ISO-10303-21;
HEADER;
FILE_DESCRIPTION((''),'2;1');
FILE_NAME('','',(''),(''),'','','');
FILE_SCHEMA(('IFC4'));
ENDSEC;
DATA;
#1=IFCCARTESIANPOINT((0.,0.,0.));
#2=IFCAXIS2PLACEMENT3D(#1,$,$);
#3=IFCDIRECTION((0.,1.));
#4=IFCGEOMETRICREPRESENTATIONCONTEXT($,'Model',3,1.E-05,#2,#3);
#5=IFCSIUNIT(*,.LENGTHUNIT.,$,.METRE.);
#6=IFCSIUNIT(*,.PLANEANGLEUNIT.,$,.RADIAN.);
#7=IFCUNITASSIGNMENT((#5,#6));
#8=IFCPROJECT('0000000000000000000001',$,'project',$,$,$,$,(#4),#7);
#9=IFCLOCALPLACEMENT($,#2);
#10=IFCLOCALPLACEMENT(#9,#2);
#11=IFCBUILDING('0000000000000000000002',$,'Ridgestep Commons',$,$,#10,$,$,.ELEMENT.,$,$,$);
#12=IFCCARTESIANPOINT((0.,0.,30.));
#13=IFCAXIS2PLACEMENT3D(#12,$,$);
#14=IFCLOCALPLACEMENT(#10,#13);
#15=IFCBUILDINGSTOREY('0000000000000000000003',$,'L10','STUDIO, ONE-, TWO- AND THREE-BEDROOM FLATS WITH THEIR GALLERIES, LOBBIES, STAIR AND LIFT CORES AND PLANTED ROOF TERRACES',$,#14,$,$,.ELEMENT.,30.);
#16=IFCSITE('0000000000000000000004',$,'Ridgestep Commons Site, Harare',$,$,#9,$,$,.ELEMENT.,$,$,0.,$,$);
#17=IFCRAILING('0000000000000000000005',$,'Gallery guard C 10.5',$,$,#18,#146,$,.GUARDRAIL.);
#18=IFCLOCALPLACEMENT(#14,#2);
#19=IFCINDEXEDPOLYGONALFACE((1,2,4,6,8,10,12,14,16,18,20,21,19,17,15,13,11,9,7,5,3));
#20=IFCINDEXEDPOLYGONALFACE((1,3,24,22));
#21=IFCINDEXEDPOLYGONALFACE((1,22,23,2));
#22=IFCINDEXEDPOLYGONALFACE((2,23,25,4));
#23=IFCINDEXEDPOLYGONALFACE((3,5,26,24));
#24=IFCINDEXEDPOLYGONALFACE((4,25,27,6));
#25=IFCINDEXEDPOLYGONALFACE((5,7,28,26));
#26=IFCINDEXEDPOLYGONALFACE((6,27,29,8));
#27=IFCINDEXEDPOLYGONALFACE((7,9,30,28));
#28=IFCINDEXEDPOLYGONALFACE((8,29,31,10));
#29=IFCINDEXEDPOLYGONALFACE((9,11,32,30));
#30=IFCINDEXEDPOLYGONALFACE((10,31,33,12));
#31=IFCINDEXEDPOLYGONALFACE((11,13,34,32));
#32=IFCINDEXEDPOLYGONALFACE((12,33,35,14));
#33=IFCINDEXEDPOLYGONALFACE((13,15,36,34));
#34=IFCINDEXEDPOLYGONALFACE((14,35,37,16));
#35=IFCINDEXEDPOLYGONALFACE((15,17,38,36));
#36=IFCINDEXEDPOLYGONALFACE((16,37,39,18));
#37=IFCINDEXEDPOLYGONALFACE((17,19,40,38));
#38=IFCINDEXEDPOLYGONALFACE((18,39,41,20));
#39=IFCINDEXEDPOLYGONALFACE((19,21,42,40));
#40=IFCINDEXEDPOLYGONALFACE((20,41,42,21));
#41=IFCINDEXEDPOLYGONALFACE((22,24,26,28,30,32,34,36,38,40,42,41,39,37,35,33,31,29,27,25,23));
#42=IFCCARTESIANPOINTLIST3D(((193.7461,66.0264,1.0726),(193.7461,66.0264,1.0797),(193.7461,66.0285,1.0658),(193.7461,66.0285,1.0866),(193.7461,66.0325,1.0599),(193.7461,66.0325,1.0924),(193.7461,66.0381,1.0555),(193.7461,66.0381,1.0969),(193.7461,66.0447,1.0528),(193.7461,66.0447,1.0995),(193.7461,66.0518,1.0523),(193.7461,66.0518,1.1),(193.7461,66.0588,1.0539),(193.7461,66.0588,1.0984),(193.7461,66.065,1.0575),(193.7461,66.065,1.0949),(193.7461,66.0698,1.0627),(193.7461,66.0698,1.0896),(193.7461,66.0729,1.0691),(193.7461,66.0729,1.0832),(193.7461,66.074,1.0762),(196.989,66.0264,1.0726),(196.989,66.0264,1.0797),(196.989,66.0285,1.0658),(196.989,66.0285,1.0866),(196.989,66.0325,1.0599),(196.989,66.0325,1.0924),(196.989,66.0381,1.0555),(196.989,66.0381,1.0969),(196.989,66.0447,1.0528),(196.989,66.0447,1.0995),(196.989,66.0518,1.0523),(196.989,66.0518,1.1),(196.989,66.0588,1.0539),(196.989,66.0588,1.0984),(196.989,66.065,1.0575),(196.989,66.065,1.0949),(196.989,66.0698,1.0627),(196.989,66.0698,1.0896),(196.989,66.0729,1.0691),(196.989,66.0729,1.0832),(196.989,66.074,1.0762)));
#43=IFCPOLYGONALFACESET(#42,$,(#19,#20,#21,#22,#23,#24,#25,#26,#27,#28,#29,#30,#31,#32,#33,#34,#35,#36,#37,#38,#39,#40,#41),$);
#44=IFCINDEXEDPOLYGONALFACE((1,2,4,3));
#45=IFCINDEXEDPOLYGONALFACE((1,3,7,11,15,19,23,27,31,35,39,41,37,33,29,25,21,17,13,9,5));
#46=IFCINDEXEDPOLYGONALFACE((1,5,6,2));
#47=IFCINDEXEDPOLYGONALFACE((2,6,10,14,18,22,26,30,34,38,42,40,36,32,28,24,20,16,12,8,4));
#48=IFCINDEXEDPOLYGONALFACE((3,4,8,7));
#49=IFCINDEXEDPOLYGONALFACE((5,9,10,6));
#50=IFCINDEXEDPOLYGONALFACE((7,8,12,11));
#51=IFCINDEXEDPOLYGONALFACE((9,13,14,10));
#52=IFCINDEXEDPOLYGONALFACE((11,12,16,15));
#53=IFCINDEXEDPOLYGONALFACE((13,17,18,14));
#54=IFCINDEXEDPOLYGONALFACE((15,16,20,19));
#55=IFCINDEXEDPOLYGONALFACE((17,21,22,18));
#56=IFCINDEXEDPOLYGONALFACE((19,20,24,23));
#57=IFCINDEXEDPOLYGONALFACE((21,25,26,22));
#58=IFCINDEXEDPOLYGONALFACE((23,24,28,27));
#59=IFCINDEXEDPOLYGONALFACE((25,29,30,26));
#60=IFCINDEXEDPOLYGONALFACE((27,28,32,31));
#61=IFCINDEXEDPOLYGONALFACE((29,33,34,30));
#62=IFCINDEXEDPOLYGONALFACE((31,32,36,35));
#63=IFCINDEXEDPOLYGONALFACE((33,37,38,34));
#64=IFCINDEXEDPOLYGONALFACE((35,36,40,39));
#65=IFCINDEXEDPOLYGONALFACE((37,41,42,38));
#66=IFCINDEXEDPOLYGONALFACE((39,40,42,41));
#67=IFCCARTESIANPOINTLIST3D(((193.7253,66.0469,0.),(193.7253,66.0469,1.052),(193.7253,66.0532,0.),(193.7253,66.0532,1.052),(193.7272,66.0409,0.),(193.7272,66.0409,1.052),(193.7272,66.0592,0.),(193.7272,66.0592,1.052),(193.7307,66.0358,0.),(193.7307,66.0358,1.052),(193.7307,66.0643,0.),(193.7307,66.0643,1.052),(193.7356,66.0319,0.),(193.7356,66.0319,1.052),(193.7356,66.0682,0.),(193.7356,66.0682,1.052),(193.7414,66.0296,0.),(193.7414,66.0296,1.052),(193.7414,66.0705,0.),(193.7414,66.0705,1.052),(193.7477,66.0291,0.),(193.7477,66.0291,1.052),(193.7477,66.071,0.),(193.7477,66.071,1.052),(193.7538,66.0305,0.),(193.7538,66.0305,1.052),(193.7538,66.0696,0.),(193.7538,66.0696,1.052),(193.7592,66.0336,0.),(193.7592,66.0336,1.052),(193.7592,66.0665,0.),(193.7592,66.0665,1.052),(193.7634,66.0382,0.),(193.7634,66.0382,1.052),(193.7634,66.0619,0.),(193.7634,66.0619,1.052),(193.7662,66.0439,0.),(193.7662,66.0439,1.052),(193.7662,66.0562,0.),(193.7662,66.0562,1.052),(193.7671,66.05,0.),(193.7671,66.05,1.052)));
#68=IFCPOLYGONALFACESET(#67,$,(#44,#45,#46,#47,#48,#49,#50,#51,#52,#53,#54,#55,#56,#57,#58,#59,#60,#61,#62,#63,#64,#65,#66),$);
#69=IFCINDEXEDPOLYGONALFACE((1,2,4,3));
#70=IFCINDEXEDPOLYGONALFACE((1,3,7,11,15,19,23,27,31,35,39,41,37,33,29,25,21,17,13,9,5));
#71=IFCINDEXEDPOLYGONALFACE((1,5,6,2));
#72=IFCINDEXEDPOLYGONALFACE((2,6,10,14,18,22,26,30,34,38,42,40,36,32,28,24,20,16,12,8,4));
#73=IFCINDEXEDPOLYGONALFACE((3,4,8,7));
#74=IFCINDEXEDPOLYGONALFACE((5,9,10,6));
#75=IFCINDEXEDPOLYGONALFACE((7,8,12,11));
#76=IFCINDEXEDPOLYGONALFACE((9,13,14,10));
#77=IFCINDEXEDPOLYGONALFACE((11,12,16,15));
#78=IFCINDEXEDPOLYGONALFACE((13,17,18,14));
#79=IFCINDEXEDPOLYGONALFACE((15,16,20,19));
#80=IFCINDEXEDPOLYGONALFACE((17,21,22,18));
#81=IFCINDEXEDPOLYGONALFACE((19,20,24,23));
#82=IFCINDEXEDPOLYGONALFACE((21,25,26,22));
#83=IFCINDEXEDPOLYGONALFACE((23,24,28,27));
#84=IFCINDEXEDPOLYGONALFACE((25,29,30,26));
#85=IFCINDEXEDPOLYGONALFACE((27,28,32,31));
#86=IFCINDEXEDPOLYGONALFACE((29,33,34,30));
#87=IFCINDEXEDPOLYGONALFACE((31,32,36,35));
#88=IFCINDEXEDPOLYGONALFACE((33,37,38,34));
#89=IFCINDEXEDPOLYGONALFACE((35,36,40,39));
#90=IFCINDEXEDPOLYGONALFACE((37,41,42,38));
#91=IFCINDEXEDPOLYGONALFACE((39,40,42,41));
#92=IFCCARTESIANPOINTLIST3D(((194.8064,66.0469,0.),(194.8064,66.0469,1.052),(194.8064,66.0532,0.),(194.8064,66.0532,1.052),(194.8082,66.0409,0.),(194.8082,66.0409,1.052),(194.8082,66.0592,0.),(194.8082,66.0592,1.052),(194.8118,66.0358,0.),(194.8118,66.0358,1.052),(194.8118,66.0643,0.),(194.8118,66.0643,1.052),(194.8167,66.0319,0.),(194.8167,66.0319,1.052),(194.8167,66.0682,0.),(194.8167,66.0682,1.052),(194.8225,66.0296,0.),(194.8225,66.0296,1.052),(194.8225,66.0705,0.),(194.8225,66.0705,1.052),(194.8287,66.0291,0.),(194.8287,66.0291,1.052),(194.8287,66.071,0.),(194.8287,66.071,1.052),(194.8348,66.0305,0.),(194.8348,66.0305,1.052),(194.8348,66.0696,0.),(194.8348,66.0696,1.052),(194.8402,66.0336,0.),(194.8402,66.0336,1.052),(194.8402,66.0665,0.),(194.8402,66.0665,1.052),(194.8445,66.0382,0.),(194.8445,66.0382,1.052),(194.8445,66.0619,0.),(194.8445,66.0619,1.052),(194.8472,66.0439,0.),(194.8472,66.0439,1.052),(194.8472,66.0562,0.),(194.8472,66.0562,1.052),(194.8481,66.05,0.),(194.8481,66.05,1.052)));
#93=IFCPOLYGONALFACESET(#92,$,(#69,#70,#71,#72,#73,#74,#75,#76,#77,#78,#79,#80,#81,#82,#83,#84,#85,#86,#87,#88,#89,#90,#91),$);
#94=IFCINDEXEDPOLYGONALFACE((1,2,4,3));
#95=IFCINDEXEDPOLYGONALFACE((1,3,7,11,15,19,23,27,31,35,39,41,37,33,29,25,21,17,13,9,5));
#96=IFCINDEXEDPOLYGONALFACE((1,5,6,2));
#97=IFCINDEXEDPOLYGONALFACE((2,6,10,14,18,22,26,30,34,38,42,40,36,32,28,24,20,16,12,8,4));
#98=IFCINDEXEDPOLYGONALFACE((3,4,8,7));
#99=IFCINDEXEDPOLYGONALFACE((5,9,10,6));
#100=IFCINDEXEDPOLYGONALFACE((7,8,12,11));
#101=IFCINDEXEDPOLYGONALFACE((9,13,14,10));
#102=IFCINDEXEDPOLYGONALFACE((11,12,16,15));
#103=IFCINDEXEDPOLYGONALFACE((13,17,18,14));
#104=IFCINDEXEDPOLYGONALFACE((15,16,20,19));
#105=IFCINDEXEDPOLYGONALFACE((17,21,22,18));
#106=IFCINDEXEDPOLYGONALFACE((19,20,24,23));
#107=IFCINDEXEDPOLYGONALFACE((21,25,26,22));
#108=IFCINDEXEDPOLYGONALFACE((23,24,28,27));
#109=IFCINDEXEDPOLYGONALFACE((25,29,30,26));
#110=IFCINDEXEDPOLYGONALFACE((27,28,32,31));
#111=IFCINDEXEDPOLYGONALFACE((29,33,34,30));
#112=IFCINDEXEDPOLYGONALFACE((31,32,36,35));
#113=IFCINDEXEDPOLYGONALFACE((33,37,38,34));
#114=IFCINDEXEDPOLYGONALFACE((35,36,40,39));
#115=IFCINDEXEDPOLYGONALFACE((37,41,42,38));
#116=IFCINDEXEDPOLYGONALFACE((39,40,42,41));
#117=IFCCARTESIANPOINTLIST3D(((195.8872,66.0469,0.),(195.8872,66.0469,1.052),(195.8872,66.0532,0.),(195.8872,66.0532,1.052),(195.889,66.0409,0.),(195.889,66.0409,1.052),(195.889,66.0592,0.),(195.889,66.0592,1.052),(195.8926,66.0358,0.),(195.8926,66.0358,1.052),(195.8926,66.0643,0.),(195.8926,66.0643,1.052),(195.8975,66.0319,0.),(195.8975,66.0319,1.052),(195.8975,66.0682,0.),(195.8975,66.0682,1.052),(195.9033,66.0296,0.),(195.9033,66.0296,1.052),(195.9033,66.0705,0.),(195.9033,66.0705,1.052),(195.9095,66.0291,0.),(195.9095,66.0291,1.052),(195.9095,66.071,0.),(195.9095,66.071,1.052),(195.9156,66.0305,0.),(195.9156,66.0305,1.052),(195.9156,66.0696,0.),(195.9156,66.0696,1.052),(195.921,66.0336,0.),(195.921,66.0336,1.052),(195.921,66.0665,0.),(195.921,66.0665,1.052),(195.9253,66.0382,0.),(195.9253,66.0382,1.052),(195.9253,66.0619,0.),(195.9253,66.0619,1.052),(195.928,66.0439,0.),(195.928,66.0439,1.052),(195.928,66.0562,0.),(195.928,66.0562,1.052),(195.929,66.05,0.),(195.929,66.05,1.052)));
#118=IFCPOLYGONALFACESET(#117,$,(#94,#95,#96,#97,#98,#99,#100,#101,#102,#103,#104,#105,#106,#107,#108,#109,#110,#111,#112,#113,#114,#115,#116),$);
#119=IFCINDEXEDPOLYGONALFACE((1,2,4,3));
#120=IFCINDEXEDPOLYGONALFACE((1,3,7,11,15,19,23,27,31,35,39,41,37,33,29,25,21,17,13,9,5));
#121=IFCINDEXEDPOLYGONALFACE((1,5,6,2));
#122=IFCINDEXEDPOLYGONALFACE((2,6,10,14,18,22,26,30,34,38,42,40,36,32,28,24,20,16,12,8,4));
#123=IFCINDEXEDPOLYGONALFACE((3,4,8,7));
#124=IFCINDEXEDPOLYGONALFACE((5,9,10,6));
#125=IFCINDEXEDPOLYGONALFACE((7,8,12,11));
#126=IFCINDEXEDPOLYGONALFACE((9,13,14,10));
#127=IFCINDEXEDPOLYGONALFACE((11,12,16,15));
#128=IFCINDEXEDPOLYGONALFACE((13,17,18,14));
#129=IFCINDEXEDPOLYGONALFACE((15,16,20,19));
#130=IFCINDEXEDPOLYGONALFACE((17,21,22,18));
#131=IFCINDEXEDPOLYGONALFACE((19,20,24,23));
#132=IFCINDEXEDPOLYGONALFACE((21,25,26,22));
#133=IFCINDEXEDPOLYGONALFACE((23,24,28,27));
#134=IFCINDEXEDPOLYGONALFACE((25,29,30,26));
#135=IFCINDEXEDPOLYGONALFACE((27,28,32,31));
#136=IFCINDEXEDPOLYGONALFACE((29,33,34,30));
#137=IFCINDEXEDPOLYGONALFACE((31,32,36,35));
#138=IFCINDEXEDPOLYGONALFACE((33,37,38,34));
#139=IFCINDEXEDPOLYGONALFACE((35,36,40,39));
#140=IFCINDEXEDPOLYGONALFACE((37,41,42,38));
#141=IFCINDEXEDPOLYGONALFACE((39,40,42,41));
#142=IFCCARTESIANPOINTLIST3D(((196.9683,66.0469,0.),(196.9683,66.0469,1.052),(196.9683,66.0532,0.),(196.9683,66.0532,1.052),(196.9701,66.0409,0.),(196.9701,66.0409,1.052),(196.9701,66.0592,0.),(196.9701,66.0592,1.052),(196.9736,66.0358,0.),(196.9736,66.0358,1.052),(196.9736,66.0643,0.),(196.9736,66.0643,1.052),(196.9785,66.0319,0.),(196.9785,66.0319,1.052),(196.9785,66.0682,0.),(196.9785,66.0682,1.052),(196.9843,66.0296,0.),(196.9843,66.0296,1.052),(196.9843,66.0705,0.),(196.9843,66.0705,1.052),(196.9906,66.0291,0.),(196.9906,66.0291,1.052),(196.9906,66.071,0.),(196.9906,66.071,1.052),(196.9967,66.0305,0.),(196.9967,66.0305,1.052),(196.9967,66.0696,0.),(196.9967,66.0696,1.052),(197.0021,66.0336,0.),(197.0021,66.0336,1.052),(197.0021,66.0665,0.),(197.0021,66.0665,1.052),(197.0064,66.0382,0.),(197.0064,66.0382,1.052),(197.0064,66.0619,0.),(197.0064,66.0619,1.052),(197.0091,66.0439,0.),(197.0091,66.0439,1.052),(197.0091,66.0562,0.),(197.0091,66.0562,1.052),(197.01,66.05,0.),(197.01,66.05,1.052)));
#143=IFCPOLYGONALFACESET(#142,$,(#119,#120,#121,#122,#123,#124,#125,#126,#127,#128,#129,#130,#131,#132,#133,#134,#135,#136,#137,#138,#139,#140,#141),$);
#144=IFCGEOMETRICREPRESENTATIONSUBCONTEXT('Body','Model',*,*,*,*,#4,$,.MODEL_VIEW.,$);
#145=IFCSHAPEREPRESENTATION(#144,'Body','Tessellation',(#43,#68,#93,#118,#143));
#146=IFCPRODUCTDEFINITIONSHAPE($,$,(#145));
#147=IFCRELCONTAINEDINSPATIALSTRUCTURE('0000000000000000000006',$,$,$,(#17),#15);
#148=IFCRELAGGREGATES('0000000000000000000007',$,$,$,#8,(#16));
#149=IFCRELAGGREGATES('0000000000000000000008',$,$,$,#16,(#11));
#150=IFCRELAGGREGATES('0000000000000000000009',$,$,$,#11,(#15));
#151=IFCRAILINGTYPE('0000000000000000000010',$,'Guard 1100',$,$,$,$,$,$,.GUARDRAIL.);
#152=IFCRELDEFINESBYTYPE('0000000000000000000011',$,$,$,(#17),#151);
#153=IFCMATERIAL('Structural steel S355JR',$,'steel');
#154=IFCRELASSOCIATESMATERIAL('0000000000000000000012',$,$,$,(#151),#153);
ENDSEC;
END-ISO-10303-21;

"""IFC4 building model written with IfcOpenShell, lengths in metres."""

from ifc_helpers import new_model, si_unit, direction, frame, origin, origin_2d, place, context, subcontext, project, spatial, circle, extrude, material, type_object, element, save


model = new_model("IFC4")

# Units and contexts
model_context = context("Model", 3, precision=1e-05, world=origin(), true_north=direction((0.0, 1.0)))
body_context = subcontext(model_context, "Body", "Model", "MODEL_VIEW")
ifc_project = project(units=[si_unit("LENGTHUNIT", "METRE"), si_unit("PLANEANGLEUNIT", "RADIAN")], contexts=[model_context])

# Site, building, storey
site_placement = place(None, origin())
site = spatial("IfcSite", under=ifc_project, at=site_placement, Name="Ridgestep Commons Site, Harare", CompositionType="ELEMENT", RefElevation=0.0)
building_placement = place(site_placement, origin())
building = spatial("IfcBuilding", under=site, at=building_placement, Name="Ridgestep Commons", CompositionType="ELEMENT")
storey_placement = place(building_placement, frame((0.0, 0.0, 30.0)))
storey = spatial("IfcBuildingStorey", under=building, at=storey_placement, Name="L10", Description="STUDIO, ONE-, TWO- AND THREE-BEDROOM FLATS WITH THEIR GALLERIES, LOBBIES, STAIR AND LIFT CORES AND PLANTED ROOF TERRACES", CompositionType="ELEMENT", Elevation=30.0)

# Railing
ifc_material_1 = material(Name="Structural steel S355JR", Category="steel")
railing_type = type_object("IfcRailingType", Name="Guard 1100", PredefinedType="GUARDRAIL", material=ifc_material_1)
railing_1_placement = place(storey_placement, frame((193.7461, 66.05, 0.0)))
element("IfcRailing", 1, at=railing_1_placement, inside=storey, type_object=railing_type, Name="Gallery guard C 10.5", PredefinedType="GUARDRAIL", context=body_context, shape_type="SweptSolid", body=[
    extrude(circle(Radius=0.0239, at=origin_2d()), frame((0.0, 0.0, 1.0762), z_axis=(1.0, 0.0, 0.0), x_axis=(0.0, 1.0, 0.0)), (0.0, 0.0, 1.0), 3.2429),
    extrude(circle(Radius=0.021, at=origin_2d()), origin(), (0.0, 0.0, 1.0), 1.052),
    extrude(circle(Radius=0.021, at=origin_2d()), frame((1.0811, 0.0, 0.0)), (0.0, 0.0, 1.0), 1.052),
    extrude(circle(Radius=0.021, at=origin_2d()), frame((2.1619, 0.0, 0.0)), (0.0, 0.0, 1.0), 1.052),
    extrude(circle(Radius=0.021, at=origin_2d()), frame((3.2429, 0.0, 0.0)), (0.0, 0.0, 1.0), 1.052),
])

save(model, "model.ifc")
